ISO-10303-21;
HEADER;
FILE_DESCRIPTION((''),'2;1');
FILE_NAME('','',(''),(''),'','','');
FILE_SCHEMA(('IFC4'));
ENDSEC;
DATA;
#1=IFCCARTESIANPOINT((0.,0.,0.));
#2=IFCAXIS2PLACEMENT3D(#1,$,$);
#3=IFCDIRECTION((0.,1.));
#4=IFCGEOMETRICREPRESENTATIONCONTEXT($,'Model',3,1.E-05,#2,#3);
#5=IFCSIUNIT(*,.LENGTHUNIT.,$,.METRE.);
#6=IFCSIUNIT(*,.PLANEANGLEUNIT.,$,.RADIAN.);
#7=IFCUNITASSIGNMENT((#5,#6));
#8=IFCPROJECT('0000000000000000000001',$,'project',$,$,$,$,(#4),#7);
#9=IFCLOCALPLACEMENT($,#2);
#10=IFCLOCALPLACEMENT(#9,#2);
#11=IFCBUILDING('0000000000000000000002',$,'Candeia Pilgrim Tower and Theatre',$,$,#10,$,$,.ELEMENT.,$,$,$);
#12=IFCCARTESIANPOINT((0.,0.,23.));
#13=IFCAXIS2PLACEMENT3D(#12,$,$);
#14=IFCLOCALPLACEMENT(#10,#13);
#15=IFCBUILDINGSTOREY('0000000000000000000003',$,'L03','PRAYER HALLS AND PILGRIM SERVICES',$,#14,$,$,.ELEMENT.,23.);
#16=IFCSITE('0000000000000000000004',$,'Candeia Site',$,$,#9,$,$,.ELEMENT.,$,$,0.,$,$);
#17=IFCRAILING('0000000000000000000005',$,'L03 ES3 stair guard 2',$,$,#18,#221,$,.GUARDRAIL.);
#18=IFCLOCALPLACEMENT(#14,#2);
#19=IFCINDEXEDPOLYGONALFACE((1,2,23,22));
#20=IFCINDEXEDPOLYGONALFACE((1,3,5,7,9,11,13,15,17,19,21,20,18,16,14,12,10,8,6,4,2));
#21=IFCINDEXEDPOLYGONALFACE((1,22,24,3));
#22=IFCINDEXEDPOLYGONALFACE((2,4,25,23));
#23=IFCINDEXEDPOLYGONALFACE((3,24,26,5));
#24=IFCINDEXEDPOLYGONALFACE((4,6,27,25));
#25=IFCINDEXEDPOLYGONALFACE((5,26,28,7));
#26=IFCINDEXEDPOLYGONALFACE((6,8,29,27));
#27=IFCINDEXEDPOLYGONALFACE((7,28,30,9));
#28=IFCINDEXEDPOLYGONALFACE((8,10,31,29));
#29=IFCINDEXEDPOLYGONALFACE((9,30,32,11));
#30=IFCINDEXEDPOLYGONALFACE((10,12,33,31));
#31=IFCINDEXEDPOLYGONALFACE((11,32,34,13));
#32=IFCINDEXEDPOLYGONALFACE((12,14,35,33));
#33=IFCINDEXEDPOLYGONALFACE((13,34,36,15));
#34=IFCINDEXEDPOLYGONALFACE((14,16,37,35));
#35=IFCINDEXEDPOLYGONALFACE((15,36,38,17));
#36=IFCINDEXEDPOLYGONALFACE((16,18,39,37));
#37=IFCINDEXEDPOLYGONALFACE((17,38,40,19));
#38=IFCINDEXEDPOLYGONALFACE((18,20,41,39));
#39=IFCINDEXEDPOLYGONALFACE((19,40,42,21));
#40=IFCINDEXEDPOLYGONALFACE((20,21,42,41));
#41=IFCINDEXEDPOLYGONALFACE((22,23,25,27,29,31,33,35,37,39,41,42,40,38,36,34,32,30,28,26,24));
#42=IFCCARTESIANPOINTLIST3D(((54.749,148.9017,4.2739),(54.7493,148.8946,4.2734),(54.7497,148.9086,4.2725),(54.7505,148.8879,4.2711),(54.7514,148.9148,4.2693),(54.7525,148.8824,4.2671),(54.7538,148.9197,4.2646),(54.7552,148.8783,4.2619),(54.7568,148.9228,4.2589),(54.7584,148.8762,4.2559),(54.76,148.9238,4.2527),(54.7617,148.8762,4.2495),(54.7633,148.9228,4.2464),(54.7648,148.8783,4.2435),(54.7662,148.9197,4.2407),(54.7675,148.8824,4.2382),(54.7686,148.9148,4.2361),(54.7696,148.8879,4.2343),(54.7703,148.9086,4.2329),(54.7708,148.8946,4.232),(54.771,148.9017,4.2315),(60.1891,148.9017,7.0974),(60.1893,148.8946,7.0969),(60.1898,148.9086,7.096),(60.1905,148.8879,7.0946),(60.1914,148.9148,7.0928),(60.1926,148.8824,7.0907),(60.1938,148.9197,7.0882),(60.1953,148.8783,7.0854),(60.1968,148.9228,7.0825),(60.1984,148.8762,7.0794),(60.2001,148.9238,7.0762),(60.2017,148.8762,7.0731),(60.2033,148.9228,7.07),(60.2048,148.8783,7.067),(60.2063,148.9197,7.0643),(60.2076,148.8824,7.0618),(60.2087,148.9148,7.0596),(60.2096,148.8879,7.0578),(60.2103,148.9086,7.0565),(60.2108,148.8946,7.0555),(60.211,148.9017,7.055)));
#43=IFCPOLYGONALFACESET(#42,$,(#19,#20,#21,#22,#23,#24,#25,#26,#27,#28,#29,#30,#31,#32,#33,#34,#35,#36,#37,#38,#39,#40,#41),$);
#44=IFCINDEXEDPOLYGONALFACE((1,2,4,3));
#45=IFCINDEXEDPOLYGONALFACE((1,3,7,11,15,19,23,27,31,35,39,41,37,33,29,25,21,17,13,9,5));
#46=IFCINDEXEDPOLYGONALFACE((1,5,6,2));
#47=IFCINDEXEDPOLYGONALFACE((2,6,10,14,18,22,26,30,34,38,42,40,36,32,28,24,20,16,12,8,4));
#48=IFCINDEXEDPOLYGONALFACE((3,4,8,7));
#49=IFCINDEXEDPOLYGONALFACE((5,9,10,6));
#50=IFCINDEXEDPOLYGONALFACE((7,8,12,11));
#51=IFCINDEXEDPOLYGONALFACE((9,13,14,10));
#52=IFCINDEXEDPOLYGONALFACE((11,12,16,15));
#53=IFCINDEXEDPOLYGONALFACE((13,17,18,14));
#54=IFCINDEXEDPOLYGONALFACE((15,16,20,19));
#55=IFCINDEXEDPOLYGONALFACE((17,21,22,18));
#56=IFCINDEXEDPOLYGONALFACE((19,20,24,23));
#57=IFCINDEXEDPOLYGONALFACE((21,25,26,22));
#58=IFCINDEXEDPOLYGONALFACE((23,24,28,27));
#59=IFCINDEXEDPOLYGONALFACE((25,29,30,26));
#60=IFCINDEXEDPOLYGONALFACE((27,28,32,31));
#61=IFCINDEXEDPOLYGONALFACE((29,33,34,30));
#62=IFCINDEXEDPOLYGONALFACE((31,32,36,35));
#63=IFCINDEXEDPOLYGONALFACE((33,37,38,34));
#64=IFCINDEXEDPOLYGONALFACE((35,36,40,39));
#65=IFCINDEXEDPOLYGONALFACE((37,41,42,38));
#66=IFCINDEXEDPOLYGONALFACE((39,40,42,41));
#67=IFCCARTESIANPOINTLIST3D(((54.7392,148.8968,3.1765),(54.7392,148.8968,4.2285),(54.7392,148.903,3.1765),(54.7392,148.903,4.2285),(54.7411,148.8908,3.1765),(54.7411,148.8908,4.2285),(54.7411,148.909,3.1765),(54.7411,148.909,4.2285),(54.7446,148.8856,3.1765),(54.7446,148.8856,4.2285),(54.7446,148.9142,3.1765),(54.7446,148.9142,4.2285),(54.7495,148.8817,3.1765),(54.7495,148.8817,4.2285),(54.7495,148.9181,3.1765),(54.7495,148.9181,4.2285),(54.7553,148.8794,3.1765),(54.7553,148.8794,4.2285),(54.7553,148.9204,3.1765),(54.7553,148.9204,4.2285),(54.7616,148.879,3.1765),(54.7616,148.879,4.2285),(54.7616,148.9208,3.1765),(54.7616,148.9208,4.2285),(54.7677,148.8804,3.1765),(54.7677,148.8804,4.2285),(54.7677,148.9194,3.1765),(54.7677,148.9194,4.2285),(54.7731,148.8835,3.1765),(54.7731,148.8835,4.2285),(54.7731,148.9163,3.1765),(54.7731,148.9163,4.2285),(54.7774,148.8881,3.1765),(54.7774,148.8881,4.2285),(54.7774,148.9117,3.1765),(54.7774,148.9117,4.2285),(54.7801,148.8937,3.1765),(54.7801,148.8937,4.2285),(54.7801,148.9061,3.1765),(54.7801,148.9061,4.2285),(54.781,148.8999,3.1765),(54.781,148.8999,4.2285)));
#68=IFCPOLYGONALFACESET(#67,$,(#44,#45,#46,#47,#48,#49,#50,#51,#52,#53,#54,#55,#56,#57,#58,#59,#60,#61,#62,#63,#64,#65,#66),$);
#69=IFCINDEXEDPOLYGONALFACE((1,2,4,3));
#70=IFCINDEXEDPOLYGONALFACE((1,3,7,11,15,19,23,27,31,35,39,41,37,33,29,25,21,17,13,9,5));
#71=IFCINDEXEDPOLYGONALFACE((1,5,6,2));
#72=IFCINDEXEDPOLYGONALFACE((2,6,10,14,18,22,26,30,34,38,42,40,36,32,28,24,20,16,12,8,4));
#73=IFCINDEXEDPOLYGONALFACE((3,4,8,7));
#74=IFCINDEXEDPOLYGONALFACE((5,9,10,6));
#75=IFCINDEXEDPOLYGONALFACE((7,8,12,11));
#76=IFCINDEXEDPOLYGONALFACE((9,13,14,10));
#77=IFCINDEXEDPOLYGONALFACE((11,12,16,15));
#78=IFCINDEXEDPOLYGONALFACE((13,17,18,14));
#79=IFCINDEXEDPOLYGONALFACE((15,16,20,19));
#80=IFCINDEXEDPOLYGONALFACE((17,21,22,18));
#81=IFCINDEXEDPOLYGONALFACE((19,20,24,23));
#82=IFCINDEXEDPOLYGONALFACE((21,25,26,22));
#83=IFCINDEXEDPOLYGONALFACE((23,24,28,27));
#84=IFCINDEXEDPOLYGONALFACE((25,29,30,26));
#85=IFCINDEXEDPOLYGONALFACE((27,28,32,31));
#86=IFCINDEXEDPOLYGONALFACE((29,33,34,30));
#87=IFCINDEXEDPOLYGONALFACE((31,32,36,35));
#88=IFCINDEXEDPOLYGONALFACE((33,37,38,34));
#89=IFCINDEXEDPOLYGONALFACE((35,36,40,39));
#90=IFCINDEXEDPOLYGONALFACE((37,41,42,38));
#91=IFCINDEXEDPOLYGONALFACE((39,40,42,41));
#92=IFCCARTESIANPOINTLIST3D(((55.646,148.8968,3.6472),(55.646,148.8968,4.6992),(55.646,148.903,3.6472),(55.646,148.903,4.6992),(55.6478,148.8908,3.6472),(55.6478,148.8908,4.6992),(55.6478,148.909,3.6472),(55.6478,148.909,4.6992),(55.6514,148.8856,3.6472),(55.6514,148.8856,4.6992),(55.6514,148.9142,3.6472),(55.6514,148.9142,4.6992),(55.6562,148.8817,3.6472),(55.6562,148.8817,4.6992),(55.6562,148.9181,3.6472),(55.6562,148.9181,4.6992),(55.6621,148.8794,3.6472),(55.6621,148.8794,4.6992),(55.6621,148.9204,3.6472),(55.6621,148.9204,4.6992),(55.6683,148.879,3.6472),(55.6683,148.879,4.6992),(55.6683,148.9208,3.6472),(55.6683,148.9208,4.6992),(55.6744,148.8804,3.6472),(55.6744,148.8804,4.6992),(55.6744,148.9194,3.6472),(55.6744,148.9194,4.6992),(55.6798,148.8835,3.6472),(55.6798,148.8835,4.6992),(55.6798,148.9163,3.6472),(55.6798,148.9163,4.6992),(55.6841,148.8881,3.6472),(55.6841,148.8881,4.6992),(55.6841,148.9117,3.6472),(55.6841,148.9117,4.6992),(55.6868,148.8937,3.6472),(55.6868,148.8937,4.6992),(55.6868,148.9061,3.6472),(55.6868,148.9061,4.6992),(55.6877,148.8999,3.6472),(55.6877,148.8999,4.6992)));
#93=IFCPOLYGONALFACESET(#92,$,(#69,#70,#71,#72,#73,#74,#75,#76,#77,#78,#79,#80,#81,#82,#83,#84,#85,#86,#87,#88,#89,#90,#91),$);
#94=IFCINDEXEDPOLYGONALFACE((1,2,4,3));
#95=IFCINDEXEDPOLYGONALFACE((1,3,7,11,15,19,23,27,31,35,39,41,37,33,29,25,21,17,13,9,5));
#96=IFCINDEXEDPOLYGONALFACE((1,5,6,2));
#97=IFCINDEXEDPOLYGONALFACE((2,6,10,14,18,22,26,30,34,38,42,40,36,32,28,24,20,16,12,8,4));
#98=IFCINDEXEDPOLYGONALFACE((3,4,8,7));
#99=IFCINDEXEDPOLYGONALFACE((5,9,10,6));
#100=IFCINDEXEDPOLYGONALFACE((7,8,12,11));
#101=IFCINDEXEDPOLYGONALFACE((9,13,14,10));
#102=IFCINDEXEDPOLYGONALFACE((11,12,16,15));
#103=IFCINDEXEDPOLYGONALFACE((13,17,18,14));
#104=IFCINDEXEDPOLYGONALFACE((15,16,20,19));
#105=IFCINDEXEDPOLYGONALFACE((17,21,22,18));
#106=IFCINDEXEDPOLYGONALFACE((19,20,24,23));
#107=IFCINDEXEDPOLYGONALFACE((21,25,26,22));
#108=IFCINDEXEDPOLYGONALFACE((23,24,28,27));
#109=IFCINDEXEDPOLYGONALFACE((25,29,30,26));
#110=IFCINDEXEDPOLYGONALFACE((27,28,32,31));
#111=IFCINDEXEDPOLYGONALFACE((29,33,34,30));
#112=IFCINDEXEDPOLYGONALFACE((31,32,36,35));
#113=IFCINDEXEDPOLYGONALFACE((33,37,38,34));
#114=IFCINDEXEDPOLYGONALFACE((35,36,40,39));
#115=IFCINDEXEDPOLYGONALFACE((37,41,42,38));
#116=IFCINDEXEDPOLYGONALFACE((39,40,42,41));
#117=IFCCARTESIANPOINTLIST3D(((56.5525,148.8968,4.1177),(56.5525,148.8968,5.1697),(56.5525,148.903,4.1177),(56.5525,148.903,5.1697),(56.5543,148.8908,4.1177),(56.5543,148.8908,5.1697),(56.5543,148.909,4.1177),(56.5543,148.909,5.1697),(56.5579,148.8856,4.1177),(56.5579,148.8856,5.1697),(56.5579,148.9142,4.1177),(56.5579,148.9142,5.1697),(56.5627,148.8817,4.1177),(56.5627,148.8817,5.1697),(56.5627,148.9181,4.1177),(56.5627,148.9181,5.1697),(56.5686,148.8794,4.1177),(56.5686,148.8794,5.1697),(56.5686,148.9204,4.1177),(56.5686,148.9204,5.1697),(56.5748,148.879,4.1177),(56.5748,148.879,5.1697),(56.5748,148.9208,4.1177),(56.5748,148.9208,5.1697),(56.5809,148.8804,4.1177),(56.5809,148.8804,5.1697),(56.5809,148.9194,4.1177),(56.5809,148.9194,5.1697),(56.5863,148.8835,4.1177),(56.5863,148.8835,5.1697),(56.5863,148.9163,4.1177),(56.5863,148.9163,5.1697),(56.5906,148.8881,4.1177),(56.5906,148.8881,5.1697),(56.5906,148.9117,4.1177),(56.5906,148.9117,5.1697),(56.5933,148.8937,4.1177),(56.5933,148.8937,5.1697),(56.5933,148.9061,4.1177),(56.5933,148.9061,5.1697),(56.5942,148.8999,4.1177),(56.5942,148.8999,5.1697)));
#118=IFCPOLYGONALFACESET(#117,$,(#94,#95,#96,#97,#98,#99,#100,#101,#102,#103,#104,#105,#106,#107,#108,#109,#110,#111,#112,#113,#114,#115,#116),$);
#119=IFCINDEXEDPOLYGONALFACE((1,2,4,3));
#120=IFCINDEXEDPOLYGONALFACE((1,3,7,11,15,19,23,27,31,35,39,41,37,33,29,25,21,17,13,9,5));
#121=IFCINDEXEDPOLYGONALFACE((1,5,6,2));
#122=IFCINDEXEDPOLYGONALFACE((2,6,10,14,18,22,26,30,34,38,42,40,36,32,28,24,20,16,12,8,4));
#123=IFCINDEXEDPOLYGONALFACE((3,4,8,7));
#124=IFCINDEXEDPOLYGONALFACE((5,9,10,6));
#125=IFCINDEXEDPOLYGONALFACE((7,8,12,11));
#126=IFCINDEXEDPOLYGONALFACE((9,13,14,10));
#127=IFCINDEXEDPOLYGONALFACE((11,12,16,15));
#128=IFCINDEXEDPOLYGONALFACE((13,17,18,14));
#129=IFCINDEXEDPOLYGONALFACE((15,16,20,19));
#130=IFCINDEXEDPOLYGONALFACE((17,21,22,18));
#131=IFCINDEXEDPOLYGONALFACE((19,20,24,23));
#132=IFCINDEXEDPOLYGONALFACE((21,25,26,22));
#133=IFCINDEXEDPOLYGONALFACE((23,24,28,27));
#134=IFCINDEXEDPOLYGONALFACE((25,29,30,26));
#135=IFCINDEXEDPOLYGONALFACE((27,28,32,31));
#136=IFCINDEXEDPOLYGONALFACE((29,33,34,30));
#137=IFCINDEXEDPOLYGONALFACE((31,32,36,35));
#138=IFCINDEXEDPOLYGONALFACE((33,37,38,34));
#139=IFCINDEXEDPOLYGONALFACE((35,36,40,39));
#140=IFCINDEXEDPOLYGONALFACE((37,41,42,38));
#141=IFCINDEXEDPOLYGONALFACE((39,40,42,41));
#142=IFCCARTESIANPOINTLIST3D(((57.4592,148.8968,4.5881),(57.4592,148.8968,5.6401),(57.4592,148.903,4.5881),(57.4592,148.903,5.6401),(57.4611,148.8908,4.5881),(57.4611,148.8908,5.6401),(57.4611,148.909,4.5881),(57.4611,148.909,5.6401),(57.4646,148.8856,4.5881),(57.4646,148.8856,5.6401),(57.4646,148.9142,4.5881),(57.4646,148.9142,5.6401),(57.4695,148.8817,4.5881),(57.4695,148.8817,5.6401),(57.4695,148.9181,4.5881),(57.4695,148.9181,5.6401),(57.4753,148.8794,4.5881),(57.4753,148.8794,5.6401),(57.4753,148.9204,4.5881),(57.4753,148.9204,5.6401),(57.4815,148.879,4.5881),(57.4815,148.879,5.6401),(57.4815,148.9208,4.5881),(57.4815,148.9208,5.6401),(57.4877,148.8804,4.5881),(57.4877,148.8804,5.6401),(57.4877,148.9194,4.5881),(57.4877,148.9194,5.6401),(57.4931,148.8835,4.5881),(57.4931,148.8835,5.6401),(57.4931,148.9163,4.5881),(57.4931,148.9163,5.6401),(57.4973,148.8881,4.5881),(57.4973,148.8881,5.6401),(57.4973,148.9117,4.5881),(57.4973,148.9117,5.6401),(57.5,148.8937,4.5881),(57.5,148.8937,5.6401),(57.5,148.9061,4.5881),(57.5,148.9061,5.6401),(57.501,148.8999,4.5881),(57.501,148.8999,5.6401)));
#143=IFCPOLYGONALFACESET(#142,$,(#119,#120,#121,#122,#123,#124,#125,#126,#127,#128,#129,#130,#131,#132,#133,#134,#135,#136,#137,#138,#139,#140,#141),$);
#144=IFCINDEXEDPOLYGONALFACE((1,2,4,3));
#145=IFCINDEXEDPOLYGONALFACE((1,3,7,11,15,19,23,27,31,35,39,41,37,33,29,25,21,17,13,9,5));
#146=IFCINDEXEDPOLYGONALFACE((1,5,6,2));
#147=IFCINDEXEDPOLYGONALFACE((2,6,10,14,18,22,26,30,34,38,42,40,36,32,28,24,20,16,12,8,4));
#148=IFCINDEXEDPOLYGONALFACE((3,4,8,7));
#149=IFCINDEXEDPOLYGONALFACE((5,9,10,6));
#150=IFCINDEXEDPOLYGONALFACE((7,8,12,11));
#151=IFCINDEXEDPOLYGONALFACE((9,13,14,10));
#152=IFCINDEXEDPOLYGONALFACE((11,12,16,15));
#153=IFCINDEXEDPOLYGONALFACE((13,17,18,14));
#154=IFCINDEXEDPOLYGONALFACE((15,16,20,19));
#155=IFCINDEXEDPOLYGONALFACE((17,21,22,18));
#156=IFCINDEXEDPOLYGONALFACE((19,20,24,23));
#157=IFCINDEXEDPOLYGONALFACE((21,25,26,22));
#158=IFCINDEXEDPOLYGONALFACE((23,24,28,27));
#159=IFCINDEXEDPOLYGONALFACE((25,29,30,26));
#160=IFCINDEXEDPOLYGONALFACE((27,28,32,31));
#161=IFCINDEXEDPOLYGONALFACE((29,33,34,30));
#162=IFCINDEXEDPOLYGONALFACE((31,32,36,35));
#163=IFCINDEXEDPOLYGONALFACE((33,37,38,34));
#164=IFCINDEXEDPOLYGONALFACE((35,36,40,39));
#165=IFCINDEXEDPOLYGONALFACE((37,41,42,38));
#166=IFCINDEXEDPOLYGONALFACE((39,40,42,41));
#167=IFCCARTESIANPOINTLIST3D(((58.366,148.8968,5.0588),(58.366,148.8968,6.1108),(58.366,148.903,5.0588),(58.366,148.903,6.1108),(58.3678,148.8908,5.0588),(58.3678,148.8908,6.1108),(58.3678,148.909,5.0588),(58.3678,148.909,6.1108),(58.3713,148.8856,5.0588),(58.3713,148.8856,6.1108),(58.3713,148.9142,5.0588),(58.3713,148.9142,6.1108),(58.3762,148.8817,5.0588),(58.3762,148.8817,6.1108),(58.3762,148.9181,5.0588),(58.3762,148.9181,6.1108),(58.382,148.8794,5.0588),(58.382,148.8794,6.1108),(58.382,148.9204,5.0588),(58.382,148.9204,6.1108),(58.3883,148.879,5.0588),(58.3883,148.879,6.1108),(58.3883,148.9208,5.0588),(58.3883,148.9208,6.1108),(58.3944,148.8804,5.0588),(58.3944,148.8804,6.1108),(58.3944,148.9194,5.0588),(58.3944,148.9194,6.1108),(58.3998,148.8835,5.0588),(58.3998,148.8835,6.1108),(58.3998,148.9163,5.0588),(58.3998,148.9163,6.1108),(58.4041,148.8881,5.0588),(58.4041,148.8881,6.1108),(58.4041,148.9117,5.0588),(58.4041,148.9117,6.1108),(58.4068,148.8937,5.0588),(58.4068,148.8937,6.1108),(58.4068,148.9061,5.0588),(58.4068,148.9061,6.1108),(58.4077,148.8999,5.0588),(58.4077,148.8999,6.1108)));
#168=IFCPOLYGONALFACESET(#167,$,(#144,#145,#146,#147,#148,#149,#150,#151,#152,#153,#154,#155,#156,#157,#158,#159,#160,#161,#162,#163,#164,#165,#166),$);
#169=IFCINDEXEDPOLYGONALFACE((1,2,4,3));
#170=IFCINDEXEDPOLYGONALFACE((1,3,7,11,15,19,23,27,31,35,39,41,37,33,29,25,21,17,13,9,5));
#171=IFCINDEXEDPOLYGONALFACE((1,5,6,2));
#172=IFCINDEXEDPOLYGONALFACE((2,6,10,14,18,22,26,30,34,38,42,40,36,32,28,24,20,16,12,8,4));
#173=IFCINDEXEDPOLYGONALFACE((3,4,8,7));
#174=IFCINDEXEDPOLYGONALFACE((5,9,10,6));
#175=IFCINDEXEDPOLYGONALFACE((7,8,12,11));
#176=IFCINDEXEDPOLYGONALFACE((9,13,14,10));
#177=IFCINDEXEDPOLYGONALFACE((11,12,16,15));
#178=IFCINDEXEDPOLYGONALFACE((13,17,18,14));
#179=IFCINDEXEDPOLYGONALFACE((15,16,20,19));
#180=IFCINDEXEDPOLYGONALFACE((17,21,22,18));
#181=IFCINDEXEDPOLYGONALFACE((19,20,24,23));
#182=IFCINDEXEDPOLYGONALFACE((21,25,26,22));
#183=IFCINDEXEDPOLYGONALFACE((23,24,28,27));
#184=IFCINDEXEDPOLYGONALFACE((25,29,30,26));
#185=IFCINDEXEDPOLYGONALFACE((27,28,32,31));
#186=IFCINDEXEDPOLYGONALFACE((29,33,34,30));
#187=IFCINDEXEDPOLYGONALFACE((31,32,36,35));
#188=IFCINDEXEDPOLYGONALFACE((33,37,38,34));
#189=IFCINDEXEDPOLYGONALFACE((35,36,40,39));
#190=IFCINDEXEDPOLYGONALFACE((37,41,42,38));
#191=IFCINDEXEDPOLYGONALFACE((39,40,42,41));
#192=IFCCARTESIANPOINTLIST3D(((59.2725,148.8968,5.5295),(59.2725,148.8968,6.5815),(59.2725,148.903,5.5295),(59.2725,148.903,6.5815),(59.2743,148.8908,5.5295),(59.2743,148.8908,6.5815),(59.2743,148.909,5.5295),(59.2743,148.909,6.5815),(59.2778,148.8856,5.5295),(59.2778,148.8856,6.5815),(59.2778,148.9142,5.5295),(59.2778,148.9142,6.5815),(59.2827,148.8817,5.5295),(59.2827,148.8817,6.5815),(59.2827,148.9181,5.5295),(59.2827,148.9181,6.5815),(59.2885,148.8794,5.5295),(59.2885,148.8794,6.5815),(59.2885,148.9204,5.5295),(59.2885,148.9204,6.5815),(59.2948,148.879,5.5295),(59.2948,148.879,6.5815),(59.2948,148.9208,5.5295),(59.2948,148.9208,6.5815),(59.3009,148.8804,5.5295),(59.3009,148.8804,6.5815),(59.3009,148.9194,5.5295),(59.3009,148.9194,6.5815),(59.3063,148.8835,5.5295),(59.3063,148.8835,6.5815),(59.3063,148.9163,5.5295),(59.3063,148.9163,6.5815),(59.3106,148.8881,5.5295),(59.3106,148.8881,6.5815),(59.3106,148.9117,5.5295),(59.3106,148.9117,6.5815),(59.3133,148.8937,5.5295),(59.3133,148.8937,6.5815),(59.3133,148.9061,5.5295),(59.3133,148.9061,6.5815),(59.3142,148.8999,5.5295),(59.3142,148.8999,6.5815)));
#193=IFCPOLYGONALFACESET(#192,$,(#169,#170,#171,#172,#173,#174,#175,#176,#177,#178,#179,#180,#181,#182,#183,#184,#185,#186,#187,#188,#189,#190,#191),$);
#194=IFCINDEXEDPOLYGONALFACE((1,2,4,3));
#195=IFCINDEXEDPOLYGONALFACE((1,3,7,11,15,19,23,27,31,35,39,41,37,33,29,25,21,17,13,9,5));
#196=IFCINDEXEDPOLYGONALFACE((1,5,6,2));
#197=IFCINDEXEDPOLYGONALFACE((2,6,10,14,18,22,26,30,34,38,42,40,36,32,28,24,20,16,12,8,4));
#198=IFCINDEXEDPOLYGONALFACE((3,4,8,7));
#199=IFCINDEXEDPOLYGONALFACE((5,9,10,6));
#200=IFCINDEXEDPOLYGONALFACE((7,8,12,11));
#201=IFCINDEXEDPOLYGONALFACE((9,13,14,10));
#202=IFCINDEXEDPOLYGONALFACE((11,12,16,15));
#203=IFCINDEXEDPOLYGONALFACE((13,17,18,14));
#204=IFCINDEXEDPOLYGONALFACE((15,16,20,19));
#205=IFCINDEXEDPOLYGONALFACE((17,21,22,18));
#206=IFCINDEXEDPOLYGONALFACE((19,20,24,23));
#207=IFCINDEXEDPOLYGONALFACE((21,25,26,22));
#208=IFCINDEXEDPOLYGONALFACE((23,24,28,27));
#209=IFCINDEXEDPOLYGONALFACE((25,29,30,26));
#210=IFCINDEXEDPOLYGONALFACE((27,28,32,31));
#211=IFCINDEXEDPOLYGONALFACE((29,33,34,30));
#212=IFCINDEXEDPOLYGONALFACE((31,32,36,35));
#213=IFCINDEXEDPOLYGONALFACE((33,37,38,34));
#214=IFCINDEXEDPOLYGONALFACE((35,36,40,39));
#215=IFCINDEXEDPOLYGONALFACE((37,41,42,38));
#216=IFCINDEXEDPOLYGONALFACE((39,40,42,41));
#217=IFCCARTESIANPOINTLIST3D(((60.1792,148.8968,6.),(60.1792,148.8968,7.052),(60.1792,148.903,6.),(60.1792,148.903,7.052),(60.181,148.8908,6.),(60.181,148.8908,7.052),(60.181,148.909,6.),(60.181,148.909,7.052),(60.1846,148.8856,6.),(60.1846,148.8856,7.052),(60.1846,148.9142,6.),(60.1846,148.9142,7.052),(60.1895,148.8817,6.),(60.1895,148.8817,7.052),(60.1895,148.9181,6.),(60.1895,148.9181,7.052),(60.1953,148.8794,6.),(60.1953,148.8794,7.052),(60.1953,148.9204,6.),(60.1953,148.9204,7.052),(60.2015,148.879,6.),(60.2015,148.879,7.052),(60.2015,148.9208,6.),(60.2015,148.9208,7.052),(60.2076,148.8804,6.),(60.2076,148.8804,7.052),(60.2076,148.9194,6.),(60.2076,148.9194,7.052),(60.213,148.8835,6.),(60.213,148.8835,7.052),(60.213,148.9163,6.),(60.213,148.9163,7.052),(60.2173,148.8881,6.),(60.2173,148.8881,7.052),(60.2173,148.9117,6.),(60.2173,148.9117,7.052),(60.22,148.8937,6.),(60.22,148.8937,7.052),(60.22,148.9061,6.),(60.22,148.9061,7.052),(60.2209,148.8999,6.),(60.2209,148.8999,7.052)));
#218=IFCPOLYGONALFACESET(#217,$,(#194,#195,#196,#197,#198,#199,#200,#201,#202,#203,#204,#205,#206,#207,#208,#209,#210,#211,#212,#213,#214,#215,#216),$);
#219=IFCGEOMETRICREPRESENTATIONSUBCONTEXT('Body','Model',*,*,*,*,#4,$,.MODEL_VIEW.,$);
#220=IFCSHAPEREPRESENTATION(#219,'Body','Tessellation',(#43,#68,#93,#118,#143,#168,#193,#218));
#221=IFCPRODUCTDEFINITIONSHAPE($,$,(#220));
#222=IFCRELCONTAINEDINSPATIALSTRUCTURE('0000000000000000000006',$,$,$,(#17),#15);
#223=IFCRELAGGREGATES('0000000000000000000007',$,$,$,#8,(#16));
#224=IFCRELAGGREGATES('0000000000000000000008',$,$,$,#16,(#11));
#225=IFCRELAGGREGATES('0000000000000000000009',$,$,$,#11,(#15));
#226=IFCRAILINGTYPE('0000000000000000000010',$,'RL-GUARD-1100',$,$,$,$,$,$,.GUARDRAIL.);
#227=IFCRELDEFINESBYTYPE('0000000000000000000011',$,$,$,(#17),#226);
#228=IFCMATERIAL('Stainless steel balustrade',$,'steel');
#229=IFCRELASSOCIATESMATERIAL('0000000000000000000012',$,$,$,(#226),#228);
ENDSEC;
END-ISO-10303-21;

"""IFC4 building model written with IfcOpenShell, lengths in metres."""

from ifc_helpers import new_model, si_unit, direction, frame, origin, origin_2d, place, context, subcontext, project, spatial, circle, extrude, material, type_object, element, save


model = new_model("IFC4")

# Units and contexts
model_context = context("Model", 3, precision=1e-05, world=origin(), true_north=direction((0.0, 1.0)))
body_context = subcontext(model_context, "Body", "Model", "MODEL_VIEW")
ifc_project = project(units=[si_unit("LENGTHUNIT", "METRE"), si_unit("PLANEANGLEUNIT", "RADIAN")], contexts=[model_context])

# Site, building, storey
site_placement = place(None, origin())
site = spatial("IfcSite", under=ifc_project, at=site_placement, Name="Candeia Site", CompositionType="ELEMENT", RefElevation=0.0)
building_placement = place(site_placement, origin())
building = spatial("IfcBuilding", under=site, at=building_placement, Name="Candeia Pilgrim Tower and Theatre", CompositionType="ELEMENT")
storey_placement = place(building_placement, frame((0.0, 0.0, 23.0)))
storey = spatial("IfcBuildingStorey", under=building, at=storey_placement, Name="L03", Description="PRAYER HALLS AND PILGRIM SERVICES", CompositionType="ELEMENT", Elevation=23.0)

# Railing
ifc_material_1 = material(Name="Stainless steel balustrade", Category="steel")
railing_type_1 = type_object("IfcRailingType", Name="RL-GUARD-1100", PredefinedType="GUARDRAIL", material=ifc_material_1)
railing_1_placement = place(storey_placement, frame((54.76, 148.8999, 3.1765)))
element("IfcRailing", 1, at=railing_1_placement, inside=storey, type_object=railing_type_1, Name="L03 ES3 stair guard 2", PredefinedType="GUARDRAIL", context=body_context, shape_type="SweptSolid", body=[
    extrude(circle(Radius=0.0239, at=origin_2d()), frame((0.0, 0.0, 1.0762), z_axis=(0.887569, 0.0, 0.460674), x_axis=(0.0, 1.0, 0.0)), (0.0, 0.0, 1.0), 6.1292),
    extrude(circle(Radius=0.021, at=origin_2d()), origin(), (0.0, 0.0, 1.0), 1.052),
    extrude(circle(Radius=0.021, at=origin_2d()), frame((0.9067, 0.0, 0.4707)), (0.0, 0.0, 1.0), 1.052),
    extrude(circle(Radius=0.021, at=origin_2d()), frame((1.8132, 0.0, 0.9412)), (0.0, 0.0, 1.0), 1.052),
    extrude(circle(Radius=0.021, at=origin_2d()), frame((2.72, 0.0, 1.4116)), (0.0, 0.0, 1.0), 1.052),
    extrude(circle(Radius=0.021, at=origin_2d()), frame((3.6267, 0.0, 1.8823)), (0.0, 0.0, 1.0), 1.052),
    extrude(circle(Radius=0.021, at=origin_2d()), frame((4.5332, 0.0, 2.353)), (0.0, 0.0, 1.0), 1.052),
    extrude(circle(Radius=0.021, at=origin_2d()), frame((5.4399, 0.0, 2.8235)), (0.0, 0.0, 1.0), 1.052),
])

save(model, "model.ifc")
